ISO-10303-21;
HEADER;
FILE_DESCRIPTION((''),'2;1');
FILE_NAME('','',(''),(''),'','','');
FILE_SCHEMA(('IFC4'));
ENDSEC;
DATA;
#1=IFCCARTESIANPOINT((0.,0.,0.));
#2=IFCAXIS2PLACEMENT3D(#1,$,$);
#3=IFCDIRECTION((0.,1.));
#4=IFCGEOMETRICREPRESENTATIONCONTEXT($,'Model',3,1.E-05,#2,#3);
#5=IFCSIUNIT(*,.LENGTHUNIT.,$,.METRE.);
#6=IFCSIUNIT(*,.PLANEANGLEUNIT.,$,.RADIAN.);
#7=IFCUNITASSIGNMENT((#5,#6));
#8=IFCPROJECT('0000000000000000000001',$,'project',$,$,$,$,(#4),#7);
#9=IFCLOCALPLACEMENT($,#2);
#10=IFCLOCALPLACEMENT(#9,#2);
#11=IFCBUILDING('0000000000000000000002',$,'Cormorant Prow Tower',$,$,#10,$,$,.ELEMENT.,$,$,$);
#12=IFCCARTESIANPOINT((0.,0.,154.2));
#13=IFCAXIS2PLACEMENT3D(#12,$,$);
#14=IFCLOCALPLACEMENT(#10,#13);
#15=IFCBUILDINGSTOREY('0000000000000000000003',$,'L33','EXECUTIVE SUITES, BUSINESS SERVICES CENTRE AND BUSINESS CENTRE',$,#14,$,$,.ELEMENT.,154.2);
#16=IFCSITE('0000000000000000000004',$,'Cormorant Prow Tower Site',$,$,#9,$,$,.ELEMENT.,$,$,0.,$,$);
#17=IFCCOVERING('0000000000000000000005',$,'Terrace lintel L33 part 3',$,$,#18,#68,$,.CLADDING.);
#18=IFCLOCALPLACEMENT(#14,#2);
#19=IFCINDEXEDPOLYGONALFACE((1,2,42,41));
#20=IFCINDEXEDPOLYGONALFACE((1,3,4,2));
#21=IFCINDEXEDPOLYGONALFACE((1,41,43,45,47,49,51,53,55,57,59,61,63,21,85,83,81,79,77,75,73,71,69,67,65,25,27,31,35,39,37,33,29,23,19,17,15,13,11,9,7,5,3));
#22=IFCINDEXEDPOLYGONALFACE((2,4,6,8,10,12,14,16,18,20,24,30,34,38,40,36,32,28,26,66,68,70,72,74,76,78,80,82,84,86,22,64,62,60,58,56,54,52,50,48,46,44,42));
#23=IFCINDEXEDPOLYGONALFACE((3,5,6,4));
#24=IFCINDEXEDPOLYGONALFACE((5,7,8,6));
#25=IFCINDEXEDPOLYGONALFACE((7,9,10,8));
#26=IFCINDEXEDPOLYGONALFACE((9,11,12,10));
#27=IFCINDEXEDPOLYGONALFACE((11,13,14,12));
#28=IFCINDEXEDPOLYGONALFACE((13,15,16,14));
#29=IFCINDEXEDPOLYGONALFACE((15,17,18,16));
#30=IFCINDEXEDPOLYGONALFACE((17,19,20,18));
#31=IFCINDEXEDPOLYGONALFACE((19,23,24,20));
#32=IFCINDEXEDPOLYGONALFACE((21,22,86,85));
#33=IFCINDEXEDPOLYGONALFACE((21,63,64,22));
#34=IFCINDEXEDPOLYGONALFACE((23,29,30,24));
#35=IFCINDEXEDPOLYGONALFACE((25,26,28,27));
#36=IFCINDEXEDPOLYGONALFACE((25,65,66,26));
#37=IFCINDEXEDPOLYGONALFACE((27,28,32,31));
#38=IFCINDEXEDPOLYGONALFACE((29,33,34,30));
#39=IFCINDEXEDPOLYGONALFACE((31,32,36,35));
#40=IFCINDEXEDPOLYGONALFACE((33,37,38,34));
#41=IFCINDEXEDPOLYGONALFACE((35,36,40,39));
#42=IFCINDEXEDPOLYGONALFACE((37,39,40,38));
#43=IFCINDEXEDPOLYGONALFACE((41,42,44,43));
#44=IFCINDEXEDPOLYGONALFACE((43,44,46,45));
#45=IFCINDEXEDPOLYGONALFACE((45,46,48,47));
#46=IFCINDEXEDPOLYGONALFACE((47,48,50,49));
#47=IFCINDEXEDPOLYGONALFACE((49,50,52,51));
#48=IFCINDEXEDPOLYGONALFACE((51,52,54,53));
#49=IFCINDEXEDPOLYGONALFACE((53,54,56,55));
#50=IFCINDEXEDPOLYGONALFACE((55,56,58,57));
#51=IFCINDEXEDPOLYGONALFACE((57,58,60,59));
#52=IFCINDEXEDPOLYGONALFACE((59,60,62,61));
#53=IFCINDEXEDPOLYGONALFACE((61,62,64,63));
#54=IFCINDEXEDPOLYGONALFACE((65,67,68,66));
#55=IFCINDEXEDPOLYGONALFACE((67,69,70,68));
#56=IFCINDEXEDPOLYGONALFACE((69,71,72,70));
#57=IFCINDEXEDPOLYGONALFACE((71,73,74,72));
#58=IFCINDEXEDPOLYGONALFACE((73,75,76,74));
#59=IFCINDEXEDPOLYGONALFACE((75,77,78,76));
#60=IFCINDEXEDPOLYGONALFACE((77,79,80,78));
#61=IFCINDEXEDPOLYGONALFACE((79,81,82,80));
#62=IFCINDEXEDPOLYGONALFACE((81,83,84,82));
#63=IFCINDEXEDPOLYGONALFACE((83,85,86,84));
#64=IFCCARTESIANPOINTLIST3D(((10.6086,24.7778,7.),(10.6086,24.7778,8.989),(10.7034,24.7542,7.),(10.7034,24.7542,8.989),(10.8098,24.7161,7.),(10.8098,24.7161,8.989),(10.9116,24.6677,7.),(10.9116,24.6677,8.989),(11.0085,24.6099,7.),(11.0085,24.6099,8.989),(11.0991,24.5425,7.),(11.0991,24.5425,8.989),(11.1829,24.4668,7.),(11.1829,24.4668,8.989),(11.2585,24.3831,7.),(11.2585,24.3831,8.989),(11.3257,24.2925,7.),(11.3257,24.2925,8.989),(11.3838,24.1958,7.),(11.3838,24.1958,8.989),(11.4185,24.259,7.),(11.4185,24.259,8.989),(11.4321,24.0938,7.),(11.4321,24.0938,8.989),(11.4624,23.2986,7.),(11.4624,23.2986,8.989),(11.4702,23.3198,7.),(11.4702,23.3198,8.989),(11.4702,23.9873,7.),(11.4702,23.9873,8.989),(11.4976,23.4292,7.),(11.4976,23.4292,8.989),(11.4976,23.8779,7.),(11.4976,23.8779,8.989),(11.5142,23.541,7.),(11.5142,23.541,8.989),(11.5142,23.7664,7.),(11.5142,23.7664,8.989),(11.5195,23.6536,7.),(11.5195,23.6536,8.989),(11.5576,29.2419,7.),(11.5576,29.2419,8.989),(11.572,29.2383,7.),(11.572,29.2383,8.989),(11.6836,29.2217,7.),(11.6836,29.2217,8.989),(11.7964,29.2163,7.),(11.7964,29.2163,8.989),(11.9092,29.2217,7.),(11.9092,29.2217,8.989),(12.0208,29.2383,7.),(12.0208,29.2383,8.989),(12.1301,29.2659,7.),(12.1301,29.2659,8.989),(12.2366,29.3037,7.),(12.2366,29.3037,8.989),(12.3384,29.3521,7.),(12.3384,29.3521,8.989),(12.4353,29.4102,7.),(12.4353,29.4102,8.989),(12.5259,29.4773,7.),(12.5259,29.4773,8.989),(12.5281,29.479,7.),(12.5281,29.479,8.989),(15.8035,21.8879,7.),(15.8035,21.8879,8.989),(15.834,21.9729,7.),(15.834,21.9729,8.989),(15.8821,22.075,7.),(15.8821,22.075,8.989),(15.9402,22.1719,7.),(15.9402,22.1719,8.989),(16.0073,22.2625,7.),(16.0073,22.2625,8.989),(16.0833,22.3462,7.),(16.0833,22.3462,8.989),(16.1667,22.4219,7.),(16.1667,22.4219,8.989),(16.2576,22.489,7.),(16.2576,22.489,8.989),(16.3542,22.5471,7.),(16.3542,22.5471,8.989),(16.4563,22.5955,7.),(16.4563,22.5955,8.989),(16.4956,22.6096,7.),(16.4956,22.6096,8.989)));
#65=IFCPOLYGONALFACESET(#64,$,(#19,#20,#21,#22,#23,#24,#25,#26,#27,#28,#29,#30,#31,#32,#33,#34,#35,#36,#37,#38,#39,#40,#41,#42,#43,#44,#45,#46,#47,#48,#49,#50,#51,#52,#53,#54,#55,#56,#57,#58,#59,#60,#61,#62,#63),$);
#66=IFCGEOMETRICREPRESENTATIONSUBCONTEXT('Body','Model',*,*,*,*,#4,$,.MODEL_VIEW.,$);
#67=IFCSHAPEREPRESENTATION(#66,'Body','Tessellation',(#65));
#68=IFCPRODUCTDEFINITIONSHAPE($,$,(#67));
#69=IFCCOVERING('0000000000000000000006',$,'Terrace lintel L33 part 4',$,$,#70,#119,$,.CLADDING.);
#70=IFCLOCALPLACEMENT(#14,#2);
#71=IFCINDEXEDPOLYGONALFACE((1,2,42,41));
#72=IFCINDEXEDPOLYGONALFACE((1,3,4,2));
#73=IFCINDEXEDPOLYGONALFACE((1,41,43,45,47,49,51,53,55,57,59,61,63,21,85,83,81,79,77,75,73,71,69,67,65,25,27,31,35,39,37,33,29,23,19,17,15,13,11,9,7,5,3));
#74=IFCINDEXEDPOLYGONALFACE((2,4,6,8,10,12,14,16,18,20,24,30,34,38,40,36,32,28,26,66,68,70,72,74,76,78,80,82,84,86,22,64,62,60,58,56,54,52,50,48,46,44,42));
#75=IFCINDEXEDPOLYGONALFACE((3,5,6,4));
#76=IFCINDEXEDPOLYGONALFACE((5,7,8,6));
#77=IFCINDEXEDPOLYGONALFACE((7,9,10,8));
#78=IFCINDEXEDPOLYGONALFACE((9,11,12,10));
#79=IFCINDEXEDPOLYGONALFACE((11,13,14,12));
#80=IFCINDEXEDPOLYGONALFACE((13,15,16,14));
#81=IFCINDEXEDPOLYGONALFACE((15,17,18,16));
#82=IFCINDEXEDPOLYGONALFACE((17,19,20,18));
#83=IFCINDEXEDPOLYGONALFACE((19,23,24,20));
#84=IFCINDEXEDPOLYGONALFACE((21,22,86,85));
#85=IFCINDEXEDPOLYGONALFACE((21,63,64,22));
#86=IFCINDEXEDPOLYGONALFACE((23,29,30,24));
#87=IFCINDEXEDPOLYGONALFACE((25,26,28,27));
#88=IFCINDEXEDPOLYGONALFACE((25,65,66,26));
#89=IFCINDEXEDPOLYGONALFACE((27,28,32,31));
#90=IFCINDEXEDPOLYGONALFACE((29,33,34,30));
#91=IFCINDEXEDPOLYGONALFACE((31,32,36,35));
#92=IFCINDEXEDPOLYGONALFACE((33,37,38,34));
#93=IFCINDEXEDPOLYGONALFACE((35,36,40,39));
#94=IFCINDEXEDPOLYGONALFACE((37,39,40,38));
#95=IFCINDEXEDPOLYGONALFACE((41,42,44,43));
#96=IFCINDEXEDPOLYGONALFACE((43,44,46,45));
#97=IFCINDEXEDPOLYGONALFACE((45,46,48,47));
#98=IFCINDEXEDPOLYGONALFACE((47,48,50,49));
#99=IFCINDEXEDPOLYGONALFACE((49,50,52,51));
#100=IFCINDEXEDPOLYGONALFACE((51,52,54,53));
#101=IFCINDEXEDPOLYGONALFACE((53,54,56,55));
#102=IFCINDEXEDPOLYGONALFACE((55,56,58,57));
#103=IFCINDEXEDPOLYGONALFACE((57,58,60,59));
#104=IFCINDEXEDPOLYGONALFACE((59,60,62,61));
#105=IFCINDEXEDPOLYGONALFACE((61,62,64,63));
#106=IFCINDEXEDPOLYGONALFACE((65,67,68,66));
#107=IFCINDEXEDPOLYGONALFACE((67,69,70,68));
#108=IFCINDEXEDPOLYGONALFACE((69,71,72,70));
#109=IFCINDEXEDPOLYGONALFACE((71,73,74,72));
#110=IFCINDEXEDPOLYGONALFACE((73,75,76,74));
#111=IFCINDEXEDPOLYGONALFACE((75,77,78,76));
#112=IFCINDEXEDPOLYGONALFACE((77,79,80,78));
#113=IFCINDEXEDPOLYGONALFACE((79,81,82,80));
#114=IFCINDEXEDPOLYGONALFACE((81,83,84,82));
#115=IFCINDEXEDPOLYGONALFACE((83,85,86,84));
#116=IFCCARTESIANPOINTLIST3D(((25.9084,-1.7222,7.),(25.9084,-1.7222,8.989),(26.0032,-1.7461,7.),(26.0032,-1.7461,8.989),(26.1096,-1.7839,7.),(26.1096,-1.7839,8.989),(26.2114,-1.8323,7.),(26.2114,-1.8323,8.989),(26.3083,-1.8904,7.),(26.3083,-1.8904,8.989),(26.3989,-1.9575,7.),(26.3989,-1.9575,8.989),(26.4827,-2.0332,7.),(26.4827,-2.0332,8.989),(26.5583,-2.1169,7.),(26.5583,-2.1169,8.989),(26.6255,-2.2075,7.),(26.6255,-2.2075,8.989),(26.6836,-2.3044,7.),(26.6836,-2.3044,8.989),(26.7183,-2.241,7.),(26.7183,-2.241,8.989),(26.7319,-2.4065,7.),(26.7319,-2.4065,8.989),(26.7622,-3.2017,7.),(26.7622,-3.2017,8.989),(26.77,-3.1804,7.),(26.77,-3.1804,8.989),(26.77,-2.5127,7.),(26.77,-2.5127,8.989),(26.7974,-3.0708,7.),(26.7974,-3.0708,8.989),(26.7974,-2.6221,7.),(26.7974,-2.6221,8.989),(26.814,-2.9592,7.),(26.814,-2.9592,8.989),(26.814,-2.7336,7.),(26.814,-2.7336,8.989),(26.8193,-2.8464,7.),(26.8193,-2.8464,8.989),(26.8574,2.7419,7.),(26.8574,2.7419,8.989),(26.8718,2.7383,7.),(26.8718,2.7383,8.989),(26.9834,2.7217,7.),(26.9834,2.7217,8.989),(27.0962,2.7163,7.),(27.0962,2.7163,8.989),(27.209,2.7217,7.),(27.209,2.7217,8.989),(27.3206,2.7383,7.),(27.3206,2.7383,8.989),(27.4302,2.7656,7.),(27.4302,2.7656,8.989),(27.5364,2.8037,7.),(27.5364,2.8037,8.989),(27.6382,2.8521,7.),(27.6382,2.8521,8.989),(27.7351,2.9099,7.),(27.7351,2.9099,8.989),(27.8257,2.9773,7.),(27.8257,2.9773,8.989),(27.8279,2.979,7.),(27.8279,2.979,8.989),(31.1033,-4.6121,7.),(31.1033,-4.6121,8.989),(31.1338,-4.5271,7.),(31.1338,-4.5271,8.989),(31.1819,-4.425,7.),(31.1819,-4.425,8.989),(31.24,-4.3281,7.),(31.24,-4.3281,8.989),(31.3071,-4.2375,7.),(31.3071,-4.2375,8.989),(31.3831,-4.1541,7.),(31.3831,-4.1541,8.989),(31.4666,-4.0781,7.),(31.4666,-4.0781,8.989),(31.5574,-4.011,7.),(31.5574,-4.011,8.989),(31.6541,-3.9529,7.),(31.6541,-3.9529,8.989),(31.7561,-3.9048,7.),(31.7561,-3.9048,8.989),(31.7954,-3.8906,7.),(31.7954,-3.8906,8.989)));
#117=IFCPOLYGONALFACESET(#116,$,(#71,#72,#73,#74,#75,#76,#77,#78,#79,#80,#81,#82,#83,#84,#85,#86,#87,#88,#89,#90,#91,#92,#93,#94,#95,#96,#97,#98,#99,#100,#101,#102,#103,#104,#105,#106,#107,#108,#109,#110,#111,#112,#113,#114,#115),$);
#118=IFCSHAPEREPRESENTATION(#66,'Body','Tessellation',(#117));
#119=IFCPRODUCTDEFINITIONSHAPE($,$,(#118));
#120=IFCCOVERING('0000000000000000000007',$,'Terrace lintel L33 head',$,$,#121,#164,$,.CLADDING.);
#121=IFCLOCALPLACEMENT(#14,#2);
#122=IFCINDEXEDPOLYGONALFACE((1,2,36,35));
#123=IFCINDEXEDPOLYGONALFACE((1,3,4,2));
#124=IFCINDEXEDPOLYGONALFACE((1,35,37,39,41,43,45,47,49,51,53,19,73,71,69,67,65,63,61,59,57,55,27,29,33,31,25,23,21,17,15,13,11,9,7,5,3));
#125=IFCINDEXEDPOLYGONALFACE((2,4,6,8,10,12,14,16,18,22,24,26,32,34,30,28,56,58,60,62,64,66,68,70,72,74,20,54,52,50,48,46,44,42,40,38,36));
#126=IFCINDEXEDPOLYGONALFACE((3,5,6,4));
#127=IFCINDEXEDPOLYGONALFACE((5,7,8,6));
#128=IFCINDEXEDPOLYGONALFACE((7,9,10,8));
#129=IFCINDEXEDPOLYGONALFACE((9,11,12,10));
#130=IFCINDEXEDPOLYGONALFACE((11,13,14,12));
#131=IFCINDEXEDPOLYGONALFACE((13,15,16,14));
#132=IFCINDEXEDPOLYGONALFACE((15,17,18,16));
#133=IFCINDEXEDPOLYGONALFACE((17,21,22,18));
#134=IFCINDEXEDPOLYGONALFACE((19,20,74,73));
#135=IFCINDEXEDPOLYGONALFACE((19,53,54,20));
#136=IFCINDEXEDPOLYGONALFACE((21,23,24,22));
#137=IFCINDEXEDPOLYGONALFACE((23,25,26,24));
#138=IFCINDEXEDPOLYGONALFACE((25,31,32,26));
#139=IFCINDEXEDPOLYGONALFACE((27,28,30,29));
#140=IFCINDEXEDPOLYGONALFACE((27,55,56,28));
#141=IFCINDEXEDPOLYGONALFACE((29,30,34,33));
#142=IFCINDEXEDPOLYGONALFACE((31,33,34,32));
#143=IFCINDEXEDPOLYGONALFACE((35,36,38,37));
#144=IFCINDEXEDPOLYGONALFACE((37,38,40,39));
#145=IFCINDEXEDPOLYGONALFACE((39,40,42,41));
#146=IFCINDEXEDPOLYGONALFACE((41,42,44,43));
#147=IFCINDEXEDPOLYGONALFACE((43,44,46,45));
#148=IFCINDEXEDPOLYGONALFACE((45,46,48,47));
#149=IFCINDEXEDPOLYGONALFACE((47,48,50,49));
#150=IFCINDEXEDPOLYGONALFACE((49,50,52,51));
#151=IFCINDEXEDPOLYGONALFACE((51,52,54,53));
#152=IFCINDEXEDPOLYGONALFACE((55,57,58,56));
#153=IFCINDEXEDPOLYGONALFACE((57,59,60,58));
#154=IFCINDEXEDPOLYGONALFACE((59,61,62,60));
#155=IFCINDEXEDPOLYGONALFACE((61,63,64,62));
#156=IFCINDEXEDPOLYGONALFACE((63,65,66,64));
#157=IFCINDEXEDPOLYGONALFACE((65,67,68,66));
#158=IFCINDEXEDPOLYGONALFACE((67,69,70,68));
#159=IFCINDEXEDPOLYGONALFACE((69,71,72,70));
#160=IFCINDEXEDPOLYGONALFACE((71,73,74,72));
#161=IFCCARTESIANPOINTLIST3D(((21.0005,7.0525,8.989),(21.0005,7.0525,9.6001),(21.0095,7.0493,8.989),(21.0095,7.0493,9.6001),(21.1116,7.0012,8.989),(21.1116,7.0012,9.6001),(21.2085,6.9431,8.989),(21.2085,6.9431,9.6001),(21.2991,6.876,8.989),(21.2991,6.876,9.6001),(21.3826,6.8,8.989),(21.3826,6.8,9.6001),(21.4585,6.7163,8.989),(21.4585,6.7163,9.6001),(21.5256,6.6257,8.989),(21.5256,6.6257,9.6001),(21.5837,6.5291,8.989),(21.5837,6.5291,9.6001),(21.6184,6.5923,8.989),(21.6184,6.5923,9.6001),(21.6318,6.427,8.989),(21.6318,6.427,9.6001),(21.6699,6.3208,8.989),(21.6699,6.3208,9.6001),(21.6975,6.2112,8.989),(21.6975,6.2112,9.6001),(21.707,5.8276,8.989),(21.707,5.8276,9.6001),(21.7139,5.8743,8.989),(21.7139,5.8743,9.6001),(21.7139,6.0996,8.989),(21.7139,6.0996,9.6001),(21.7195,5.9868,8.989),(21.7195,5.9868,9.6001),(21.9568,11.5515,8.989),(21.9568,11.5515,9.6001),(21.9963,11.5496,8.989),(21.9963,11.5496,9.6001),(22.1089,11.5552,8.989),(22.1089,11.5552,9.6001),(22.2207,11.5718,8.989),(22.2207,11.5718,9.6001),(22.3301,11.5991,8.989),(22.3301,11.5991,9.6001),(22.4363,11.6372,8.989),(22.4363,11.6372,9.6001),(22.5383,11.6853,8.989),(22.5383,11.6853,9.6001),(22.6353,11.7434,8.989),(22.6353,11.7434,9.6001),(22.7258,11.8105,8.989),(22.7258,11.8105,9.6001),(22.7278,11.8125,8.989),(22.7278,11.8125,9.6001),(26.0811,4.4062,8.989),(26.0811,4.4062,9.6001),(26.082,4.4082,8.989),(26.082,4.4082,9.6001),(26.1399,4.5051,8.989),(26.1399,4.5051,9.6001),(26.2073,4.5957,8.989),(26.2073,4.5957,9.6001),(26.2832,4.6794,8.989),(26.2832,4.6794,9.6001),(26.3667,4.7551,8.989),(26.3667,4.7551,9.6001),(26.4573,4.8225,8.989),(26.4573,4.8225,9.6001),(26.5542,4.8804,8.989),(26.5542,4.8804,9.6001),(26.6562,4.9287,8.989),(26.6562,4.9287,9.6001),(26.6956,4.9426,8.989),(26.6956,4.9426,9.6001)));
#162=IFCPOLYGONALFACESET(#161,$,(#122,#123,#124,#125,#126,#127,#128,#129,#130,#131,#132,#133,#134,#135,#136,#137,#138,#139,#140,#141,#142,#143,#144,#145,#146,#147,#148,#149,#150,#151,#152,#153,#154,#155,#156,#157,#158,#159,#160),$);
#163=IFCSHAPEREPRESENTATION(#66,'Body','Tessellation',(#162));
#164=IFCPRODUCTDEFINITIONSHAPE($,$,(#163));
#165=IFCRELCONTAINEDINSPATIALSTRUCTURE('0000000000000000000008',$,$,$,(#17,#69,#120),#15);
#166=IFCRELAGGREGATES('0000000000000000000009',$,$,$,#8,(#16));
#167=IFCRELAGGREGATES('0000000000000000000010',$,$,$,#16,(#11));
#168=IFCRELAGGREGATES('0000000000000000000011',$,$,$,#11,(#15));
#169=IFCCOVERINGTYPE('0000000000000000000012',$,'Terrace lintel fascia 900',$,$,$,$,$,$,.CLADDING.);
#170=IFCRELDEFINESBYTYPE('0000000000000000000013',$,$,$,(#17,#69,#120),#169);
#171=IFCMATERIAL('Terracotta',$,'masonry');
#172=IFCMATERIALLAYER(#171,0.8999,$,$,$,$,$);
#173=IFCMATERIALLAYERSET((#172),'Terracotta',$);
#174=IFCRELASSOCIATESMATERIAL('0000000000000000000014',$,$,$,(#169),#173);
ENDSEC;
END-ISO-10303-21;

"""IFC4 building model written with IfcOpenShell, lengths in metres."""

from ifc_helpers import new_model, si_unit, direction, frame, origin, place, context, subcontext, project, spatial, polyline, outline, extrude, material, layer, layer_set, type_object, element, save


model = new_model("IFC4")

# Units and contexts
model_context = context("Model", 3, precision=1e-05, world=origin(), true_north=direction((0.0, 1.0)))
body_context = subcontext(model_context, "Body", "Model", "MODEL_VIEW")
ifc_project = project(units=[si_unit("LENGTHUNIT", "METRE"), si_unit("PLANEANGLEUNIT", "RADIAN")], contexts=[model_context])

# Site, building, storey
site_placement = place(None, origin())
site = spatial("IfcSite", under=ifc_project, at=site_placement, Name="Cormorant Prow Tower Site", CompositionType="ELEMENT", RefElevation=0.0)
building_placement = place(site_placement, origin())
building = spatial("IfcBuilding", under=site, at=building_placement, Name="Cormorant Prow Tower", CompositionType="ELEMENT")
storey_placement = place(building_placement, frame((0.0, 0.0, 154.2)))
storey = spatial("IfcBuildingStorey", under=building, at=storey_placement, Name="L33", Description="EXECUTIVE SUITES, BUSINESS SERVICES CENTRE AND BUSINESS CENTRE", CompositionType="ELEMENT", Elevation=154.2)

# Coverings
ifc_material_1 = material(Name="Terracotta", Category="masonry")
ifc_layer_1 = layer(ifc_material_1, 0.8999)
ifc_layer_set_1 = layer_set([ifc_layer_1], Name="Terracotta")
covering_type = type_object("IfcCoveringType", Name="Terrace lintel fascia 900", PredefinedType="CLADDING", material=ifc_layer_set_1)
covering_1_placement = place(storey_placement, frame((0.0, 0.0, 7.0)))
element("IfcCovering", 1, at=covering_1_placement, inside=storey, type_object=covering_type, Name="Terrace lintel L33 part 3", PredefinedType="CLADDING", context=body_context, shape_type="SweptSolid", body=[
    extrude(outline(polyline([(11.4624, 23.2986), (11.4702, 23.3198), (11.4976, 23.4292), (11.5142, 23.541), (11.5195, 23.6536), (11.5142, 23.7664), (11.4976, 23.8779), (11.4702, 23.9873), (11.4321, 24.0938), (11.3838, 24.1958), (11.3257, 24.2925), (11.2585, 24.3831), (11.1829, 24.4668), (11.0991, 24.5425), (11.0085, 24.6099), (10.9116, 24.6677), (10.8098, 24.7161), (10.7034, 24.7542), (10.6086, 24.7778), (11.5576, 29.2419), (11.572, 29.2383), (11.6836, 29.2217), (11.7964, 29.2163), (11.9092, 29.2217), (12.0208, 29.2383), (12.1301, 29.2659), (12.2366, 29.3037), (12.3384, 29.3521), (12.4353, 29.4102), (12.5259, 29.4773), (12.5281, 29.479), (11.4185, 24.259), (16.4956, 22.6096), (16.4563, 22.5955), (16.3542, 22.5471), (16.2576, 22.489), (16.1667, 22.4219), (16.0833, 22.3462), (16.0073, 22.2625), (15.9402, 22.1719), (15.8821, 22.075), (15.834, 21.9729), (15.8035, 21.8879), (11.4624, 23.2986)])), origin(), (0.0, 0.0, 1.0), 1.989),
])
covering_2_placement = place(storey_placement, frame((0.0, 0.0, 7.0)))
element("IfcCovering", 2, at=covering_2_placement, inside=storey, type_object=covering_type, Name="Terrace lintel L33 part 4", PredefinedType="CLADDING", context=body_context, shape_type="SweptSolid", body=[
    extrude(outline(polyline([(26.8574, 2.7419), (26.8718, 2.7383), (26.9834, 2.7217), (27.0962, 2.7163), (27.209, 2.7217), (27.3206, 2.7383), (27.4302, 2.7656), (27.5364, 2.8037), (27.6382, 2.8521), (27.7351, 2.9099), (27.8257, 2.9773), (27.8279, 2.979), (26.7183, -2.241), (31.7954, -3.8906), (31.7561, -3.9048), (31.6541, -3.9529), (31.5574, -4.011), (31.4666, -4.0781), (31.3831, -4.1541), (31.3071, -4.2375), (31.24, -4.3281), (31.1819, -4.425), (31.1338, -4.5271), (31.1033, -4.6121), (26.7622, -3.2017), (26.77, -3.1804), (26.7974, -3.0708), (26.814, -2.9592), (26.8193, -2.8464), (26.814, -2.7336), (26.7974, -2.6221), (26.77, -2.5127), (26.7319, -2.4065), (26.6836, -2.3044), (26.6255, -2.2075), (26.5583, -2.1169), (26.4827, -2.0332), (26.3989, -1.9575), (26.3083, -1.8904), (26.2114, -1.8323), (26.1096, -1.7839), (26.0032, -1.7461), (25.9084, -1.7222), (26.8574, 2.7419)])), origin(), (0.0, 0.0, 1.0), 1.989),
])
covering_3_placement = place(storey_placement, frame((0.0, 0.0, 8.989)))
element("IfcCovering", 3, at=covering_3_placement, inside=storey, type_object=covering_type, Name="Terrace lintel L33 head", PredefinedType="CLADDING", context=body_context, shape_type="SweptSolid", body=[
    extrude(outline(polyline([(21.7139, 5.8743), (21.7195, 5.9868), (21.7139, 6.0996), (21.6975, 6.2112), (21.6699, 6.3208), (21.6318, 6.427), (21.5837, 6.5291), (21.5256, 6.6257), (21.4585, 6.7163), (21.3826, 6.8), (21.2991, 6.876), (21.2085, 6.9431), (21.1116, 7.0012), (21.0095, 7.0493), (21.0005, 7.0525), (21.9568, 11.5515), (21.9963, 11.5496), (22.1089, 11.5552), (22.2207, 11.5718), (22.3301, 11.5991), (22.4363, 11.6372), (22.5383, 11.6853), (22.6353, 11.7434), (22.7258, 11.8105), (22.7278, 11.8125), (21.6184, 6.5923), (26.6956, 4.9426), (26.6562, 4.9287), (26.5542, 4.8804), (26.4573, 4.8225), (26.3667, 4.7551), (26.2832, 4.6794), (26.2073, 4.5957), (26.1399, 4.5051), (26.082, 4.4082), (26.0811, 4.4062), (21.707, 5.8276), (21.7139, 5.8743)])), origin(), (0.0, 0.0, 1.0), 0.6111),
])

save(model, "model.ifc")
